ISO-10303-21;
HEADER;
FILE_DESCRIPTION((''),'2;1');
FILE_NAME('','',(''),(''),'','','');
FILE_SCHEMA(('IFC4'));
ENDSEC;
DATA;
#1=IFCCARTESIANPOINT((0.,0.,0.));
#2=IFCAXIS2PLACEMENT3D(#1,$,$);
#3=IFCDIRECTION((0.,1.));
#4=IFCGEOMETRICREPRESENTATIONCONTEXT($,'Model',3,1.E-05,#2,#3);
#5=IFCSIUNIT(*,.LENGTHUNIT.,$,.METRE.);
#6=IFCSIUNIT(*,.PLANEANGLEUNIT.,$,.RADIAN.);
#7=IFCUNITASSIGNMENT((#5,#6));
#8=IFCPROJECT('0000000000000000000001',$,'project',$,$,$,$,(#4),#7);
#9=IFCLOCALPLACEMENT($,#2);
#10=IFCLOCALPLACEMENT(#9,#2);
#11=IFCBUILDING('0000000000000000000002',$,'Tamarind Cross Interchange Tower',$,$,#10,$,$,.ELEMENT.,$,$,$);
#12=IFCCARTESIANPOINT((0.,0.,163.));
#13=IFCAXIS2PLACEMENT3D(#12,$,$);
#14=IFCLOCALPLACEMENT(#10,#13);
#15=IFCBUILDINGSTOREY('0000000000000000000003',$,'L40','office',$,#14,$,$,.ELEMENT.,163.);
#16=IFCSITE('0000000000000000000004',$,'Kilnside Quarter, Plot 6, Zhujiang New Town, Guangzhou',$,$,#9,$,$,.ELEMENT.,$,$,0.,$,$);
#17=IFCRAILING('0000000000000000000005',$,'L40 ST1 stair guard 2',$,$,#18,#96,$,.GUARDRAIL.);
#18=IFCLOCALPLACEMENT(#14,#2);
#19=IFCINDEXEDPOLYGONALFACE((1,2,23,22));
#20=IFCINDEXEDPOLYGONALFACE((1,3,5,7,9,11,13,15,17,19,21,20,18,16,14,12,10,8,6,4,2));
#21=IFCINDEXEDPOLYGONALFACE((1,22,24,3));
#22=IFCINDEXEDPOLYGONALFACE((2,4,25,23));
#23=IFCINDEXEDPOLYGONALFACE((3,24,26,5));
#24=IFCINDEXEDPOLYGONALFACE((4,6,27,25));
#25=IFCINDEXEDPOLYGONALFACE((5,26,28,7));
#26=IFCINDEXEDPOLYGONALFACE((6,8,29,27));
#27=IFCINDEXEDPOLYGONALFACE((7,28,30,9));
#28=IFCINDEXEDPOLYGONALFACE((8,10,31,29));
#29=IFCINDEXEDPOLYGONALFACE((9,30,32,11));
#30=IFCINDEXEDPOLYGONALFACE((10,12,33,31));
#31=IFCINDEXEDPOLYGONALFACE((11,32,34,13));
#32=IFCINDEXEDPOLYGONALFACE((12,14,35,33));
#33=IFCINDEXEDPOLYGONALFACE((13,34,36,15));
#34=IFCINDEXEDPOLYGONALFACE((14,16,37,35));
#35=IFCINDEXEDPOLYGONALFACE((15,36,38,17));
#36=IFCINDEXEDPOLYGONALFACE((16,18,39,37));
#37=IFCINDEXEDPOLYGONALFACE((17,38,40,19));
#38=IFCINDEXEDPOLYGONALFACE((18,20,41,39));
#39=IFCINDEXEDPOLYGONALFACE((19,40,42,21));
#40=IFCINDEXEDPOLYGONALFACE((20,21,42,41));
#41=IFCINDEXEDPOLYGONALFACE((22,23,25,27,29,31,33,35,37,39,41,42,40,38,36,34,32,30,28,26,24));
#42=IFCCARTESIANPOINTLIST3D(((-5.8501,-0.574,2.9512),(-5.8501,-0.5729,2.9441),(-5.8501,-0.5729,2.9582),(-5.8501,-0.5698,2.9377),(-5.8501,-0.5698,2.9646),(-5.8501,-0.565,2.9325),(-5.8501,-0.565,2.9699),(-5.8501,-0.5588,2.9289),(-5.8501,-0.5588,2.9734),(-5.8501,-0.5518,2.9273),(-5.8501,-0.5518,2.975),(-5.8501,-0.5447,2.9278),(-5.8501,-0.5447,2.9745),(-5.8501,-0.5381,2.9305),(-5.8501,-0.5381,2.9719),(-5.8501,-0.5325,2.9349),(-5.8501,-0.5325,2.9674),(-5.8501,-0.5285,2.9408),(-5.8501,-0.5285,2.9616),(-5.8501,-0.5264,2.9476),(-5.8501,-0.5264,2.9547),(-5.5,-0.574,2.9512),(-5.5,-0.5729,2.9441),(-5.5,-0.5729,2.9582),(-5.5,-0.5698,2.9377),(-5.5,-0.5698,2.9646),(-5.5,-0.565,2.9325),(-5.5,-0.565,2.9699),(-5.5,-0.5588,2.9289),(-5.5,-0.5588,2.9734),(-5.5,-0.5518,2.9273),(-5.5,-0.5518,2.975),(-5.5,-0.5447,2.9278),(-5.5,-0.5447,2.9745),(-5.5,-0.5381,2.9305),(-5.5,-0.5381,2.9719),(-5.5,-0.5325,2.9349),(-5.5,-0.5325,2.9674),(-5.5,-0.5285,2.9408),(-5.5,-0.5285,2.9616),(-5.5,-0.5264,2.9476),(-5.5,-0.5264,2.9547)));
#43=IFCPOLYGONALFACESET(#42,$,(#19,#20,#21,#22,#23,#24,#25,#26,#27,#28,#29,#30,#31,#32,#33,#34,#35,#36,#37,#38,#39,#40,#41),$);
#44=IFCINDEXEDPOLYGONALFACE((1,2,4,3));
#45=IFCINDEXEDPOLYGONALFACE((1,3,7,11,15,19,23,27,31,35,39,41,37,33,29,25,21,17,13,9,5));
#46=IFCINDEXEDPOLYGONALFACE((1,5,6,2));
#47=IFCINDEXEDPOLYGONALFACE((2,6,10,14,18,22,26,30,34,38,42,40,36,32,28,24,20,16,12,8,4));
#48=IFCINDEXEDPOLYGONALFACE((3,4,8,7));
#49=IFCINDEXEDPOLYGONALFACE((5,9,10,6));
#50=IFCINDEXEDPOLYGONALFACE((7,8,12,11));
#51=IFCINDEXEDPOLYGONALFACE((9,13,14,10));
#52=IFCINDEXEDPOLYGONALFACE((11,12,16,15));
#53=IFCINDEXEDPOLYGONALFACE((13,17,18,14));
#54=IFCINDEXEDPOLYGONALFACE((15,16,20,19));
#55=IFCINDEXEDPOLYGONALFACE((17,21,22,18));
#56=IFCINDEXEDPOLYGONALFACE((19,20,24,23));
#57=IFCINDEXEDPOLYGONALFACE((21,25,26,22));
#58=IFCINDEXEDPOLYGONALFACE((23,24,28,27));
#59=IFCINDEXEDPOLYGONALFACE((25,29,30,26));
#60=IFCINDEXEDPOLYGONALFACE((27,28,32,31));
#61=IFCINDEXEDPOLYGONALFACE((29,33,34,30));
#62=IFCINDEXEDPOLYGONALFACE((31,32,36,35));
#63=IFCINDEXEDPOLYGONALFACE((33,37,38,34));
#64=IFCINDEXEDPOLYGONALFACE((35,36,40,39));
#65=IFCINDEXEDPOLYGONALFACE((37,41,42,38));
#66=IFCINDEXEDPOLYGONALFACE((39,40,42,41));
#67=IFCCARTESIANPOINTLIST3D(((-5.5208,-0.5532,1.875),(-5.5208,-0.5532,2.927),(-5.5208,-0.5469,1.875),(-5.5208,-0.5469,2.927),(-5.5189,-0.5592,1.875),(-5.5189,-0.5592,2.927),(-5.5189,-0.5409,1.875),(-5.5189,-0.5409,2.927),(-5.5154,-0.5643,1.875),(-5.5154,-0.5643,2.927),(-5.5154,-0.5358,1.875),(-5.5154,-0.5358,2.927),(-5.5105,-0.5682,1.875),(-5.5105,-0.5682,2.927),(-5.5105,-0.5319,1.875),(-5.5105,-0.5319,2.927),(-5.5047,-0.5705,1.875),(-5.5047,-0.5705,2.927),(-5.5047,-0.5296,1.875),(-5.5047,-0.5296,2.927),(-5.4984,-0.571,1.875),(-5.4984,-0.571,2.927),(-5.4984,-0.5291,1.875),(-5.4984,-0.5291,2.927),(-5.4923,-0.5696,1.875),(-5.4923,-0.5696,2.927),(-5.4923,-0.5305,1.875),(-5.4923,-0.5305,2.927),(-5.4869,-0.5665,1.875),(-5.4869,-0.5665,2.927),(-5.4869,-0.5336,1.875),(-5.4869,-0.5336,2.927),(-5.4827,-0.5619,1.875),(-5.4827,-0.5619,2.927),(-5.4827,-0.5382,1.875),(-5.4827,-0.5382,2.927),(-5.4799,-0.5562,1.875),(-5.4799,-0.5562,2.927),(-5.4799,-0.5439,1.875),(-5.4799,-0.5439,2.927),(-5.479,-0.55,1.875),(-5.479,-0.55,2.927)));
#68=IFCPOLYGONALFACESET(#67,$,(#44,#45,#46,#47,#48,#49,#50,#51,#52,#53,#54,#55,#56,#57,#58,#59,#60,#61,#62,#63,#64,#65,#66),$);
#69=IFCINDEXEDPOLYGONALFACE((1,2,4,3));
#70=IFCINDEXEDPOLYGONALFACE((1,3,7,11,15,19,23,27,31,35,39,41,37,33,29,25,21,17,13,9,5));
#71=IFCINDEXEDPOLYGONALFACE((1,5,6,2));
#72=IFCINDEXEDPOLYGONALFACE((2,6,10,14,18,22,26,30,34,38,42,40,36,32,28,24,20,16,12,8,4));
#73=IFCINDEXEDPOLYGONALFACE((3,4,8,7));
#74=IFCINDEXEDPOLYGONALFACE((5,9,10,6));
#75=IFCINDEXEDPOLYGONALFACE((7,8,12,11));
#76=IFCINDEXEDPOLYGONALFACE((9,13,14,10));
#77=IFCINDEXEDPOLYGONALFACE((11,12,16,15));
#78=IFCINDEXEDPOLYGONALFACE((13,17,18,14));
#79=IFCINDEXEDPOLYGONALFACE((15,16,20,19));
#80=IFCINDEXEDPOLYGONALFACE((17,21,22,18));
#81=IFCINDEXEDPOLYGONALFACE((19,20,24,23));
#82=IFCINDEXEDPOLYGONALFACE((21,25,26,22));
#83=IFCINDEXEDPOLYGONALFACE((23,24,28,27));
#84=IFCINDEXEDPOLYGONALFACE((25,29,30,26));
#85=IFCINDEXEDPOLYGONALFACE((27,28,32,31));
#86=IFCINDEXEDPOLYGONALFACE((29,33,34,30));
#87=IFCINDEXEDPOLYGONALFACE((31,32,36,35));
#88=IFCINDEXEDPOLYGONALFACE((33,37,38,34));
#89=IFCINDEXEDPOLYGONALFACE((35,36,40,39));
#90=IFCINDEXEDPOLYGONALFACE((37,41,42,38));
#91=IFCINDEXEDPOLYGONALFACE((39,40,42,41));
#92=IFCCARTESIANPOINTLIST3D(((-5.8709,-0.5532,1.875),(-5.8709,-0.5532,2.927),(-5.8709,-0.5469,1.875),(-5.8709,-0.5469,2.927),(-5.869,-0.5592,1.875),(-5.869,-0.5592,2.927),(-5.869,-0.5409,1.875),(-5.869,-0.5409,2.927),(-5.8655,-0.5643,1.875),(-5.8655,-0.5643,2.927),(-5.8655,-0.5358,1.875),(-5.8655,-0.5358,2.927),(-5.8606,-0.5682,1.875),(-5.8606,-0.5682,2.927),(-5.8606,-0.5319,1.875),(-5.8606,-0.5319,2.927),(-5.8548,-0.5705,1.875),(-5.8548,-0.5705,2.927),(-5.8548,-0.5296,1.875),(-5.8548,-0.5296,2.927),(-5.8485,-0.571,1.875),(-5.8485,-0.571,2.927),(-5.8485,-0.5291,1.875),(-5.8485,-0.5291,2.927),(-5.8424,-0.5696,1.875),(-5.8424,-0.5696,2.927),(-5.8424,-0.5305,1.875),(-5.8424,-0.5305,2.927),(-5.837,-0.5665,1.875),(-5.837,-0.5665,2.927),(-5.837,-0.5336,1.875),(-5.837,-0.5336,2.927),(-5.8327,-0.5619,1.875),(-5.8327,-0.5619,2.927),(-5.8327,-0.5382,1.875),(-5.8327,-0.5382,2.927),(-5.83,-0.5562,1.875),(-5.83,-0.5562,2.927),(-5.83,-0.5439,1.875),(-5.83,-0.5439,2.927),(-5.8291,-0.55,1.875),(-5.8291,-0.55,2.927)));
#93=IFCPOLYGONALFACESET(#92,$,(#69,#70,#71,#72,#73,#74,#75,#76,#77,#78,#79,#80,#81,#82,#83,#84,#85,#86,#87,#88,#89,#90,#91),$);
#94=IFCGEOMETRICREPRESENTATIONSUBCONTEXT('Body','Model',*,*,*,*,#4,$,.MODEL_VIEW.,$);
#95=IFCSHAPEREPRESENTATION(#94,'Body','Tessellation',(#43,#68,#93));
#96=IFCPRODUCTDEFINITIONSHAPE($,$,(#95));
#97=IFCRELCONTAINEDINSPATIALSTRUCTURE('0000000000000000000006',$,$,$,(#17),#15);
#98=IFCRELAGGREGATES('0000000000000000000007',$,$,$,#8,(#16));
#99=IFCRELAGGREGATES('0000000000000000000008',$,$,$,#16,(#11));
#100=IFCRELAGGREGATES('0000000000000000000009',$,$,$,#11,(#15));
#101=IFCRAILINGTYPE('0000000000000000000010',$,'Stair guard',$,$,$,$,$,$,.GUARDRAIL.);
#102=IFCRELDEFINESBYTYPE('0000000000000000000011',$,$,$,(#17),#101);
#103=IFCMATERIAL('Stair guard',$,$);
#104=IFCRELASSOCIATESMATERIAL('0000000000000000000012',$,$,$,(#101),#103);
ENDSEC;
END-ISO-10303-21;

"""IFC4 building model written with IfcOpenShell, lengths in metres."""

from ifc_helpers import new_model, si_unit, direction, frame, origin, origin_2d, place, context, subcontext, project, spatial, circle, extrude, material, type_object, element, save


model = new_model("IFC4")

# Units and contexts
model_context = context("Model", 3, precision=1e-05, world=origin(), true_north=direction((0.0, 1.0)))
body_context = subcontext(model_context, "Body", "Model", "MODEL_VIEW")
ifc_project = project(units=[si_unit("LENGTHUNIT", "METRE"), si_unit("PLANEANGLEUNIT", "RADIAN")], contexts=[model_context])

# Site, building, storey
site_placement = place(None, origin())
site = spatial("IfcSite", under=ifc_project, at=site_placement, Name="Kilnside Quarter, Plot 6, Zhujiang New Town, Guangzhou", CompositionType="ELEMENT", RefElevation=0.0)
building_placement = place(site_placement, origin())
building = spatial("IfcBuilding", under=site, at=building_placement, Name="Tamarind Cross Interchange Tower", CompositionType="ELEMENT")
storey_placement = place(building_placement, frame((0.0, 0.0, 163.0)))
storey = spatial("IfcBuildingStorey", under=building, at=storey_placement, Name="L40", Description="office", CompositionType="ELEMENT", Elevation=163.0)

# Railing
ifc_material_1 = material(Name="Stair guard")
railing_type_1 = type_object("IfcRailingType", Name="Stair guard", PredefinedType="GUARDRAIL", material=ifc_material_1)
railing_1_placement = place(storey_placement, frame((-5.5, -0.55, 1.875)))
element("IfcRailing", 1, at=railing_1_placement, inside=storey, type_object=railing_type_1, Name="L40 ST1 stair guard 2", PredefinedType="GUARDRAIL", context=body_context, shape_type="SweptSolid", body=[
    extrude(circle(Radius=0.0239, at=origin_2d()), frame((0.0, 0.0, 1.0762), z_axis=(-1.0, 0.0, 0.0), x_axis=(0.0, -1.0, 0.0)), (0.0, 0.0, 1.0), 0.3501),
    extrude(circle(Radius=0.021, at=origin_2d()), origin(), (0.0, 0.0, 1.0), 1.052),
    extrude(circle(Radius=0.021, at=origin_2d()), frame((-0.3501, 0.0, 0.0)), (0.0, 0.0, 1.0), 1.052),
])

save(model, "model.ifc")
